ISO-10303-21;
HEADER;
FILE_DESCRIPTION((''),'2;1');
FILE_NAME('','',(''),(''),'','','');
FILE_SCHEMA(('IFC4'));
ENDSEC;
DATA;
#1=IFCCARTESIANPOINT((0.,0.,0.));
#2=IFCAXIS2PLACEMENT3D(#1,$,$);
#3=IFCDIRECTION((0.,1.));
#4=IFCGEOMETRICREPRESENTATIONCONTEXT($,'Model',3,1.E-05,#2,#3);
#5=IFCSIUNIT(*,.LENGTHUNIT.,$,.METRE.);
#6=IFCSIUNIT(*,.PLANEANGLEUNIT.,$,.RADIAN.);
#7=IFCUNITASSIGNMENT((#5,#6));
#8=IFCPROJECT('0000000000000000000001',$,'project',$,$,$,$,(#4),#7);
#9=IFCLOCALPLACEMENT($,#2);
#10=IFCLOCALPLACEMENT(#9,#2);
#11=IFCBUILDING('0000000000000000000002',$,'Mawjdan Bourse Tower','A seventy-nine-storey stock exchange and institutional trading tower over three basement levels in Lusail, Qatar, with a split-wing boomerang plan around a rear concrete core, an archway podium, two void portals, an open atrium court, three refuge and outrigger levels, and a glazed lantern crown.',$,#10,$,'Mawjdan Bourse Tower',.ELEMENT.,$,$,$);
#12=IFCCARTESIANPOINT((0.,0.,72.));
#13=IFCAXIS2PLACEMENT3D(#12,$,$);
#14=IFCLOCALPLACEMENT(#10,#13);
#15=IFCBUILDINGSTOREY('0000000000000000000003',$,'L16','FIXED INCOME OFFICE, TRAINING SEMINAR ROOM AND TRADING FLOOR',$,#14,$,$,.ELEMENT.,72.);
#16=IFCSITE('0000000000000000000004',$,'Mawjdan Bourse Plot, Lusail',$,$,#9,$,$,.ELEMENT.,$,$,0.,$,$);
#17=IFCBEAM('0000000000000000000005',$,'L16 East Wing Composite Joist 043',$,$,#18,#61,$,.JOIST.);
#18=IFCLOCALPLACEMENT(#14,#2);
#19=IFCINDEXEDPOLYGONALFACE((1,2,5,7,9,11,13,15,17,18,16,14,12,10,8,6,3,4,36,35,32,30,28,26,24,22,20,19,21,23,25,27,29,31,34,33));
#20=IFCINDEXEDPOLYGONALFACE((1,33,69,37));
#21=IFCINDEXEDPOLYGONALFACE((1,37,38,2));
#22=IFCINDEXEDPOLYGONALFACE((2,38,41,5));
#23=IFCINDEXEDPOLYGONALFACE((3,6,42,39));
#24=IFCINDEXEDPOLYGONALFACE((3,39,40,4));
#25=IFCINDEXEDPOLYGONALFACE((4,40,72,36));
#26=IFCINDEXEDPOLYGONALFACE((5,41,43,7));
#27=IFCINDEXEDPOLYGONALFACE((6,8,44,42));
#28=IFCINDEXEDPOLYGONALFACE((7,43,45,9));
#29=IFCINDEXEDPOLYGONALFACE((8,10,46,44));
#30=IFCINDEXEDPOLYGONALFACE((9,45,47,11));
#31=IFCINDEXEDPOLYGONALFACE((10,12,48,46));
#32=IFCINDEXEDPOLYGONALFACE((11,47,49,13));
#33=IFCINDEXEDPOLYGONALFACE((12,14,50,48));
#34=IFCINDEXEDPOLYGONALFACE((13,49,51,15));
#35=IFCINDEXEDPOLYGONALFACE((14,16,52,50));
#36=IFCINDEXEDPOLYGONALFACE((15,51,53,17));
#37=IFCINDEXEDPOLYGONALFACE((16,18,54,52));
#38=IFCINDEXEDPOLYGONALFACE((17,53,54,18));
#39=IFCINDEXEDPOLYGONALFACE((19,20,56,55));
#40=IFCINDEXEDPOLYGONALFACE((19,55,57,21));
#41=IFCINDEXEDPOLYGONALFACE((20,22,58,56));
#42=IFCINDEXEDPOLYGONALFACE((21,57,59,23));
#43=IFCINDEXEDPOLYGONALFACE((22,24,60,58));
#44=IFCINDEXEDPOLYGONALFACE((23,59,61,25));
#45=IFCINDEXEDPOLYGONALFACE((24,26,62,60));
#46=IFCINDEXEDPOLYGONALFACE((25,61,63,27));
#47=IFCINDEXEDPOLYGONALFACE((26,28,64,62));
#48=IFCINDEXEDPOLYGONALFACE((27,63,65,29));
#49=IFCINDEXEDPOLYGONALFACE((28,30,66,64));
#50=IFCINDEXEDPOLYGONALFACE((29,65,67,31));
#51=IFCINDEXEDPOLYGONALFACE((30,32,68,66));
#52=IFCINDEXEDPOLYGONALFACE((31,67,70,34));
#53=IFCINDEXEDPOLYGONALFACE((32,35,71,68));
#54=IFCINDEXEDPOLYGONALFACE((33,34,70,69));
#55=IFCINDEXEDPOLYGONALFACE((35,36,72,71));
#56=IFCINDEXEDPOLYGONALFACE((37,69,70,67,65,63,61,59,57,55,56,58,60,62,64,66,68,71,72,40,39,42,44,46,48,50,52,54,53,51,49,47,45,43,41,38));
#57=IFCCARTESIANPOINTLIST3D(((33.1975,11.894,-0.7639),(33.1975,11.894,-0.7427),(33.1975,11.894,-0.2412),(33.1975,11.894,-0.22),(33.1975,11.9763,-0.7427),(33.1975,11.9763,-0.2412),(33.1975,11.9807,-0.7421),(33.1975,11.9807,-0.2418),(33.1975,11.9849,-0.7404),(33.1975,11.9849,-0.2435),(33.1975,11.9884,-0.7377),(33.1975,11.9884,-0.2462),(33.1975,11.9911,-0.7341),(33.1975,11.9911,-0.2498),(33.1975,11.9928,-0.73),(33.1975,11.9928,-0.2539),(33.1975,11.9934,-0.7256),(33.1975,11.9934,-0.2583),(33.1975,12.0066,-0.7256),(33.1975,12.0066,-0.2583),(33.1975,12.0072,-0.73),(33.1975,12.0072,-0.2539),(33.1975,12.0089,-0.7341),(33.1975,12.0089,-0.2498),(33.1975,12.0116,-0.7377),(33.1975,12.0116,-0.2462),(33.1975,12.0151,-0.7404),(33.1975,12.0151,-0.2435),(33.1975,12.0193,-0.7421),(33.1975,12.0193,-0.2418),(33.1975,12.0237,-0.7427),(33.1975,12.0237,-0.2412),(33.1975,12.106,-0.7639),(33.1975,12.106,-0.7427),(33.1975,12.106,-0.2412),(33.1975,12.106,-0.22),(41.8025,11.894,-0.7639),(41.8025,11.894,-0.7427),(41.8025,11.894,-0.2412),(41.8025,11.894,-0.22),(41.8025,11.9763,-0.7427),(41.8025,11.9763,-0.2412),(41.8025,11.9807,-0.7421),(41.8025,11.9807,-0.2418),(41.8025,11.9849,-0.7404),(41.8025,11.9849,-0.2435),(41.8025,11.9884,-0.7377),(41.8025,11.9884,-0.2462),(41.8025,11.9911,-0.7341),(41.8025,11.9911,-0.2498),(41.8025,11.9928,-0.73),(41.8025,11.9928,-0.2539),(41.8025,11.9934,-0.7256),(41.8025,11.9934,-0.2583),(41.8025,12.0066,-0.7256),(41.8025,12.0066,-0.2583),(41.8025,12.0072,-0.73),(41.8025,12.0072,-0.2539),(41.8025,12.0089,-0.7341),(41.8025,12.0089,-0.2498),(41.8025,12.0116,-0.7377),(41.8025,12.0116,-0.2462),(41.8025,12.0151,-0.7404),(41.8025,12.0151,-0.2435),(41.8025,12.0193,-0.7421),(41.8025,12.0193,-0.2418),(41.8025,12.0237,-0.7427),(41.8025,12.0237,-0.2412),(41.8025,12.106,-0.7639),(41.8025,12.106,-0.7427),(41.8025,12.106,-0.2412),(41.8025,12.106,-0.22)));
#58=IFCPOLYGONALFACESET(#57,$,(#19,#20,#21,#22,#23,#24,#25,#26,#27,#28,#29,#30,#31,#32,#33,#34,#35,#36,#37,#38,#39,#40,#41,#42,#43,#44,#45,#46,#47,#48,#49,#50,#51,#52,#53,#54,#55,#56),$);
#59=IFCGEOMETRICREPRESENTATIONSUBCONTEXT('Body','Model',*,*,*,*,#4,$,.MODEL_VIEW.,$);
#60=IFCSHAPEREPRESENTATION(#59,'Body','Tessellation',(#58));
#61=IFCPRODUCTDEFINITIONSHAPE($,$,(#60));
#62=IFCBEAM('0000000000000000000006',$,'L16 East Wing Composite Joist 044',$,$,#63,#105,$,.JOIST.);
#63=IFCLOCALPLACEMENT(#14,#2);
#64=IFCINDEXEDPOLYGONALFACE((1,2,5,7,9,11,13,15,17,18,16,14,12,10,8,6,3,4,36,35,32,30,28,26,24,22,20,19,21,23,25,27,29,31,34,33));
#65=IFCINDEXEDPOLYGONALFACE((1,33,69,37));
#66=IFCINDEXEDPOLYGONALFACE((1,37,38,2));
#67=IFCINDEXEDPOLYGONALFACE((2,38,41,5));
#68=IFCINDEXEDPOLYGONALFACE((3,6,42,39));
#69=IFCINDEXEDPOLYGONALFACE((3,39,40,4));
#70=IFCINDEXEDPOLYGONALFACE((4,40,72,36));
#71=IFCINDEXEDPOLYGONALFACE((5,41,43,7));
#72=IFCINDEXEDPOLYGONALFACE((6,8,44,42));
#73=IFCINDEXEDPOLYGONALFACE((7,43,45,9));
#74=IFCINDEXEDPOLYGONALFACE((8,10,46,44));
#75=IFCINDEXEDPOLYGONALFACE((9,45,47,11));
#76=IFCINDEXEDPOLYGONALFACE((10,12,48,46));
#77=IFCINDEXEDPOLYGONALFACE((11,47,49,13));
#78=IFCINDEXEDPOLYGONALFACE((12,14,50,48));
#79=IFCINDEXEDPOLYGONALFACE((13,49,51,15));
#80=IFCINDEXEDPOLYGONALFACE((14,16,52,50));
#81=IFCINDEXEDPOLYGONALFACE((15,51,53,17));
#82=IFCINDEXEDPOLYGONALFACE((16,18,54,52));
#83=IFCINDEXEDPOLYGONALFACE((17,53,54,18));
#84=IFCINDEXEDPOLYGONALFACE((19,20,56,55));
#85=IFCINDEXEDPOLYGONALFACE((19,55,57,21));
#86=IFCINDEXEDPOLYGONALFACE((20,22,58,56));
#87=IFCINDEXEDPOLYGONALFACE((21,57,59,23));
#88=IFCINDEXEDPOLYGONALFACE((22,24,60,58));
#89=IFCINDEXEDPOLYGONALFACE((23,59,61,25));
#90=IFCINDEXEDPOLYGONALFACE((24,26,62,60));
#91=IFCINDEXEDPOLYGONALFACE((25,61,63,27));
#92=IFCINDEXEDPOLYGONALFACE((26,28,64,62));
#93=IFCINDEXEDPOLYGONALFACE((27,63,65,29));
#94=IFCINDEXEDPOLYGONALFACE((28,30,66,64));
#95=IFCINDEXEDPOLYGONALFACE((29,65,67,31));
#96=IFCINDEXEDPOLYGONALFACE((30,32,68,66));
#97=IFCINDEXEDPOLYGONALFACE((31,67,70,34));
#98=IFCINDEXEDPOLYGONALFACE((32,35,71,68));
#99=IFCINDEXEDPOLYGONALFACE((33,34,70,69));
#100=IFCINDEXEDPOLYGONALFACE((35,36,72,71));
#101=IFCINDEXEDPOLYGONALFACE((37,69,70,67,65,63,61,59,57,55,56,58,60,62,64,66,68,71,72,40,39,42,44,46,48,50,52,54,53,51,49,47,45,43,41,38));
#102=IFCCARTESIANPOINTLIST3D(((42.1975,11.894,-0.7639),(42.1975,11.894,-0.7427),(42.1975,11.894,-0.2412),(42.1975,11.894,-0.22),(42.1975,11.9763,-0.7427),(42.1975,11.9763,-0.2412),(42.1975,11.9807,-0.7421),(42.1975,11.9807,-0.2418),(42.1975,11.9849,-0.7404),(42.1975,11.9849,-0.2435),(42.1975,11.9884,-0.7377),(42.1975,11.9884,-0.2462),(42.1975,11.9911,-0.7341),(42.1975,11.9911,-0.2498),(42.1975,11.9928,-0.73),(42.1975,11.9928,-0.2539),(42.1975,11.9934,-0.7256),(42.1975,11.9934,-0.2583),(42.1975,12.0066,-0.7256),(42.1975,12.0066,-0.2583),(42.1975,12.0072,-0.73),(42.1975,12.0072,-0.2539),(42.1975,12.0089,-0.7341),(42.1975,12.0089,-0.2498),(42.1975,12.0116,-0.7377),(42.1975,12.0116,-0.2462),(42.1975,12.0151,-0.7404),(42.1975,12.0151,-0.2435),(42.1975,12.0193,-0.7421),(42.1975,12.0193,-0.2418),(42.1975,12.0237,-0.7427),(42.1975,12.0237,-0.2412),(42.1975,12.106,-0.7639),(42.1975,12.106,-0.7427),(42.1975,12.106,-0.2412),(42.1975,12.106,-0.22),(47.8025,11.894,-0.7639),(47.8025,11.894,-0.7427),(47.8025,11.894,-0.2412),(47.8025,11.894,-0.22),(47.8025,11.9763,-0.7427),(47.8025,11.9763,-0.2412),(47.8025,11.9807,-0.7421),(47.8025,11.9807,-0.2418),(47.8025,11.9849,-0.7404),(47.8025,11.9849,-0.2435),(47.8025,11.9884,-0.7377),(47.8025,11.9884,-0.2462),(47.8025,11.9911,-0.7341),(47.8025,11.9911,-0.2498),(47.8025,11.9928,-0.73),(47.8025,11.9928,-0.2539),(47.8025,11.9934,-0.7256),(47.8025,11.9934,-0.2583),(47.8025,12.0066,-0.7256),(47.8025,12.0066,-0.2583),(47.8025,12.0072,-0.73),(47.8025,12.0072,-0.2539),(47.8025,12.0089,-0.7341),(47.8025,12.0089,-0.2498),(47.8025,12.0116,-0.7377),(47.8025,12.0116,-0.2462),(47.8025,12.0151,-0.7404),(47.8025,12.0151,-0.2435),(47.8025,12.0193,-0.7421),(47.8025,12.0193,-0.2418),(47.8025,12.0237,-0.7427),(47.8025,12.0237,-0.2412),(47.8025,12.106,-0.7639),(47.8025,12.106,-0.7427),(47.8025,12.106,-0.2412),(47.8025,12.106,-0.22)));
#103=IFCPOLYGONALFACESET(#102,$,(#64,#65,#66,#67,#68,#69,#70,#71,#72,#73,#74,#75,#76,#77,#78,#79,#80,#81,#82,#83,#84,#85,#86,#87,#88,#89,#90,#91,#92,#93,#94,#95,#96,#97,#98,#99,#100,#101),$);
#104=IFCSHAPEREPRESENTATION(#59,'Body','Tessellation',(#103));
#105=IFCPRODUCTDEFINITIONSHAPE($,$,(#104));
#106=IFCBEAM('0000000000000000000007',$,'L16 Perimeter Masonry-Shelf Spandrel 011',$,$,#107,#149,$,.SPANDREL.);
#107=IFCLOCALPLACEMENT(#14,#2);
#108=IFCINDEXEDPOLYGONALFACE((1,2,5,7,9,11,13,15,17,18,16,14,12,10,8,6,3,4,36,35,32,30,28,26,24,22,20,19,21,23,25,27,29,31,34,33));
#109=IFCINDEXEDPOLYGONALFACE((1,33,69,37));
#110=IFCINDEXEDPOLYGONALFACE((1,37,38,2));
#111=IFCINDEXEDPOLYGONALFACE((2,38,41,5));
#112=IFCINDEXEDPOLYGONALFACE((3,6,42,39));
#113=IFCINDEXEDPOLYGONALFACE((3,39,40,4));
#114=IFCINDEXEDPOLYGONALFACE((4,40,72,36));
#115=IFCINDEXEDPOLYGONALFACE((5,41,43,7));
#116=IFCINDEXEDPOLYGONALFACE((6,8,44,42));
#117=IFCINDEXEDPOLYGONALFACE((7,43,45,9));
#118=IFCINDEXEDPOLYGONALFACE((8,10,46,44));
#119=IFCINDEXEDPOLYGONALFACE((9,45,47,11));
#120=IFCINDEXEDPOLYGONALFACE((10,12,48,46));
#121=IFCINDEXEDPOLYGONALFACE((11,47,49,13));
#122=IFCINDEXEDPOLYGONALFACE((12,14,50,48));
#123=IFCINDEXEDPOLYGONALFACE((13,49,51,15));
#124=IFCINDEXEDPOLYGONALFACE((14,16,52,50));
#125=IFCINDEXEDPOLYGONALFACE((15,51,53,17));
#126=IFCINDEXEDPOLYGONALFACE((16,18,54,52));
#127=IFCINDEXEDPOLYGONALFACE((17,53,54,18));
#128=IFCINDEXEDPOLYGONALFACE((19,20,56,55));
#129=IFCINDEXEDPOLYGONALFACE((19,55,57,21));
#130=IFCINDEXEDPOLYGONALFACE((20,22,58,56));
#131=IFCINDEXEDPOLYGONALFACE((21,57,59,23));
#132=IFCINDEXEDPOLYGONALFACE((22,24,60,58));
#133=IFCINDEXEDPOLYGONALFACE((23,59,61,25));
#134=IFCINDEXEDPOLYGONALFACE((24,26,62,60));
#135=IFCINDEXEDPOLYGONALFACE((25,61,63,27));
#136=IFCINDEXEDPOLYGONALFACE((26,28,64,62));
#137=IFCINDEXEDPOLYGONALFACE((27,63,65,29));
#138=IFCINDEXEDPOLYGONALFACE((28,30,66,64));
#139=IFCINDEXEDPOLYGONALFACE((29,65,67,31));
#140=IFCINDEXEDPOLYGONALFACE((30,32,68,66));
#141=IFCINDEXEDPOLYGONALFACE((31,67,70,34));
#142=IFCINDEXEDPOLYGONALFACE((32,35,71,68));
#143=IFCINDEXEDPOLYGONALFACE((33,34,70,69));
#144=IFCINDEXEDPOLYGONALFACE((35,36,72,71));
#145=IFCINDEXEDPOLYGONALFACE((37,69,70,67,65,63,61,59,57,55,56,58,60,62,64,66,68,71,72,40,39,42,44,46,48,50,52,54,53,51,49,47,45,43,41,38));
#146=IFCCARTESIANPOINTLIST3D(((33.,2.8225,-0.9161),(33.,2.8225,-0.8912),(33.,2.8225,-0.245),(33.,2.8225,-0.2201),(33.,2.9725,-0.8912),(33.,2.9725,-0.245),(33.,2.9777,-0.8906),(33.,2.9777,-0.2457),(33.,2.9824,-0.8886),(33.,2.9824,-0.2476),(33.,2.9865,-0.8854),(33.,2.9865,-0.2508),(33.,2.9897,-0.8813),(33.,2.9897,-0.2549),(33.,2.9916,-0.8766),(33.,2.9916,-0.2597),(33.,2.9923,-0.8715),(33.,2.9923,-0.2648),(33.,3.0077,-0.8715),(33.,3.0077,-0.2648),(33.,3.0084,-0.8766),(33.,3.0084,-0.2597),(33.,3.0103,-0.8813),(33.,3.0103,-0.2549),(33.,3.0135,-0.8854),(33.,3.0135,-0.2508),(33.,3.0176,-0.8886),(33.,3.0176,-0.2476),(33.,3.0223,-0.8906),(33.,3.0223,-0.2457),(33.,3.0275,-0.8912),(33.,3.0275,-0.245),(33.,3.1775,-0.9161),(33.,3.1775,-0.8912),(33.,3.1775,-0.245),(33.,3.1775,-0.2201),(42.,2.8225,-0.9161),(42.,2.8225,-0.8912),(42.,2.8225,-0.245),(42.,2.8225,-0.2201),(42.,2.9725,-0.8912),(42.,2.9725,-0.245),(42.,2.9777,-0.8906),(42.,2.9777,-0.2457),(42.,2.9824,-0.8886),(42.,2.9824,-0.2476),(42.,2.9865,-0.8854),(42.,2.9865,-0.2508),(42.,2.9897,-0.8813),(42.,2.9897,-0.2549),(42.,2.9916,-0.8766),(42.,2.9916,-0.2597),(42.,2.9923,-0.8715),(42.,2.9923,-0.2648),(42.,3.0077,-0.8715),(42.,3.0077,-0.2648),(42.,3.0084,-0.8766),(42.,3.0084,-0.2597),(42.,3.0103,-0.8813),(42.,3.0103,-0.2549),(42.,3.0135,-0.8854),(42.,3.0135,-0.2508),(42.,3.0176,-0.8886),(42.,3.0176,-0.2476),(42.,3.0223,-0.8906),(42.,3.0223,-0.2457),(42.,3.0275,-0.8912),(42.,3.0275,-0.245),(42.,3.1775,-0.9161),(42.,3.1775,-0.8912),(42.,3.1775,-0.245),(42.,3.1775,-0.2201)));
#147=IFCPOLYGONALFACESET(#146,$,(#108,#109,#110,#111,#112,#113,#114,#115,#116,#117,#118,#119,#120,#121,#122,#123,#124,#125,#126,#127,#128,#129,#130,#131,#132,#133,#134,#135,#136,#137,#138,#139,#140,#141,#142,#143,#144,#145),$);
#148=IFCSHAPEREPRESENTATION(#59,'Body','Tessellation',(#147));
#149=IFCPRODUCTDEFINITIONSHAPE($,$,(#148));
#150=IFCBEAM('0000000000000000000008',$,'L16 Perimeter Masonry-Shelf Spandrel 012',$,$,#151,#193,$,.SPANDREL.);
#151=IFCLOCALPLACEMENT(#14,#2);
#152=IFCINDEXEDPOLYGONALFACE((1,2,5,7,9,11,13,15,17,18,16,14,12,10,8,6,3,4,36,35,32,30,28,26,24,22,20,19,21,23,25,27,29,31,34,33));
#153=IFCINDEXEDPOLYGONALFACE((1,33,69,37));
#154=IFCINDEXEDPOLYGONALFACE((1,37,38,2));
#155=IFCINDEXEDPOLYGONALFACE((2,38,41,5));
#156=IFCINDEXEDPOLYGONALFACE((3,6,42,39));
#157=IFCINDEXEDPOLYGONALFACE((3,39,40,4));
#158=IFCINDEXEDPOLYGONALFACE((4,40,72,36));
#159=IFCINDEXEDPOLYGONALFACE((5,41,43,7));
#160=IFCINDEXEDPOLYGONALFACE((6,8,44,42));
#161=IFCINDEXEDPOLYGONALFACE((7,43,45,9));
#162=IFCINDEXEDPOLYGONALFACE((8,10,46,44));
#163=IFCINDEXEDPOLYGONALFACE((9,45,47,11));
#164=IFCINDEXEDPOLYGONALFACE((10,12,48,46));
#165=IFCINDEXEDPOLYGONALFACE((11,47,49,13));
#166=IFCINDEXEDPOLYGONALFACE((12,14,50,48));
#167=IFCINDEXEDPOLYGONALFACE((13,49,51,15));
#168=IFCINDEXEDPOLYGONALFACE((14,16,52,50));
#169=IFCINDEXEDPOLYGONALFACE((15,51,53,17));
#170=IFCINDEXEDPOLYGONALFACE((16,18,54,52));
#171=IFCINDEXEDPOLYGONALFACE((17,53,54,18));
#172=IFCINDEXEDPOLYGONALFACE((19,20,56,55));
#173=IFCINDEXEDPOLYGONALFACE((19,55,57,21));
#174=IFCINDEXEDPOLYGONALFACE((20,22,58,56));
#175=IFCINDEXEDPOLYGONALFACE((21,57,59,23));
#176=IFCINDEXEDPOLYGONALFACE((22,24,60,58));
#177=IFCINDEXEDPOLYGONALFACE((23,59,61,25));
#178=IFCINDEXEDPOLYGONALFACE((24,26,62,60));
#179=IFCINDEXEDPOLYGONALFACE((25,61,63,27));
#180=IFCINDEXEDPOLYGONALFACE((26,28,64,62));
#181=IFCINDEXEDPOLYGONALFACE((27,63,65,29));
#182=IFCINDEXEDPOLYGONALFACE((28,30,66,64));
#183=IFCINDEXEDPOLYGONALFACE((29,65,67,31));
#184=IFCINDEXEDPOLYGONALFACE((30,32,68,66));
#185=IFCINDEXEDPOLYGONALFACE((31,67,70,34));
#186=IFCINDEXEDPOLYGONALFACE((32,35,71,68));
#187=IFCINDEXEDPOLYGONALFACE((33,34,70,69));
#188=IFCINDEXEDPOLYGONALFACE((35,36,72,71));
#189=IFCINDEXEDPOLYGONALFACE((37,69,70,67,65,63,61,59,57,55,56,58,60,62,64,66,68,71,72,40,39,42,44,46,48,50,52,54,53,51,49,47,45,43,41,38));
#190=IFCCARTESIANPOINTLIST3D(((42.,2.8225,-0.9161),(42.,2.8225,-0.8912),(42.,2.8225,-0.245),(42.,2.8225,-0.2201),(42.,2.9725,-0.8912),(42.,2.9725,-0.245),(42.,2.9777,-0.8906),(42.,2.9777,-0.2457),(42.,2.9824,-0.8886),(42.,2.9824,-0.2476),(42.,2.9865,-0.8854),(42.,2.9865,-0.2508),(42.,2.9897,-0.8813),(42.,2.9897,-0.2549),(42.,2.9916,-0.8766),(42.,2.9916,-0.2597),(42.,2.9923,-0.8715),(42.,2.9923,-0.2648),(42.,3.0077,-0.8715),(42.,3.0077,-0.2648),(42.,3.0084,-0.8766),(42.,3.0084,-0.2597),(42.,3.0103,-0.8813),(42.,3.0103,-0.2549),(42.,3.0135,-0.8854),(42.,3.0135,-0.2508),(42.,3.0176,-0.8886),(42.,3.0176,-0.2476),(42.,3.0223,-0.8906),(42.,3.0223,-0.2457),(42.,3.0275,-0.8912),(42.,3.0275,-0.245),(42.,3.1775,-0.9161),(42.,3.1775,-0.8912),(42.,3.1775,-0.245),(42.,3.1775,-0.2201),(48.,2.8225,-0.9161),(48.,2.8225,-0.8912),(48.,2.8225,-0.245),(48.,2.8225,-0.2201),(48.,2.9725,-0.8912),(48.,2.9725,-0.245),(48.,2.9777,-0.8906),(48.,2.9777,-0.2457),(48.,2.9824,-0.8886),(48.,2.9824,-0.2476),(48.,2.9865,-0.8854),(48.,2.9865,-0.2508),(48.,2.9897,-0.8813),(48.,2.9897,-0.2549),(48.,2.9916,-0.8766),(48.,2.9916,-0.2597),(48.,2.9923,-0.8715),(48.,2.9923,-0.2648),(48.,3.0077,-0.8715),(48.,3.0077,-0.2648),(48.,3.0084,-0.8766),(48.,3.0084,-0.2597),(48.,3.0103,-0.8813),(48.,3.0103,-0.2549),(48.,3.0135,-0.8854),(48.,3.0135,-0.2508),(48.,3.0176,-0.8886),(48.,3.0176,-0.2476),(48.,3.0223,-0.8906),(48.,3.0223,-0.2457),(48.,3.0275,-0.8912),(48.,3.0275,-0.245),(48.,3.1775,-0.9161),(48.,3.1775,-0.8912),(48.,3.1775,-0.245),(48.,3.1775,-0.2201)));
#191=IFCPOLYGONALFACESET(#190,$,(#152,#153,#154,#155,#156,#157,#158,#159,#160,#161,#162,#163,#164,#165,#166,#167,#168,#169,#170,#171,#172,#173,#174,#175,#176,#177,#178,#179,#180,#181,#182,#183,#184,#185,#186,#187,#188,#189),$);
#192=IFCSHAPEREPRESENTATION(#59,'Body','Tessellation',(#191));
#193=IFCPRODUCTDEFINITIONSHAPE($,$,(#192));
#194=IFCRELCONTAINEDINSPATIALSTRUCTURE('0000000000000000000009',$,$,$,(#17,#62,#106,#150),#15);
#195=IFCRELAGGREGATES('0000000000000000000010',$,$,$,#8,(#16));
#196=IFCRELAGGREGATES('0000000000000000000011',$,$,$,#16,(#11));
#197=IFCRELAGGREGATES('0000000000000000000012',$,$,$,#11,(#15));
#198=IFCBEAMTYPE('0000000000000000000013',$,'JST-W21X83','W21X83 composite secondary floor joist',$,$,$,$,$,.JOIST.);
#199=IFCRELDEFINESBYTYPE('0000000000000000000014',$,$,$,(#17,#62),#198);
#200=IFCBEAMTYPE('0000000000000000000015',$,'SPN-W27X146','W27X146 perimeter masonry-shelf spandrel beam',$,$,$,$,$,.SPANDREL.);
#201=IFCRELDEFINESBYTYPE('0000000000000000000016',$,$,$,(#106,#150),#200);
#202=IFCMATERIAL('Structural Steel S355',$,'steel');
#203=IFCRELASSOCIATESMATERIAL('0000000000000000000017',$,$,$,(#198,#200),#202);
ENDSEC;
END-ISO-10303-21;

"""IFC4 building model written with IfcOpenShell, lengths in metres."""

from ifc_helpers import new_model, si_unit, direction, frame, origin, origin_2d, place, context, subcontext, project, spatial, i_section, extrude, material, material_profile, profile_set, type_object, element, save


model = new_model("IFC4")

# Units and contexts
model_context = context("Model", 3, precision=1e-05, world=origin(), true_north=direction((0.0, 1.0)))
body_context = subcontext(model_context, "Body", "Model", "MODEL_VIEW")
ifc_project = project(units=[si_unit("LENGTHUNIT", "METRE"), si_unit("PLANEANGLEUNIT", "RADIAN")], contexts=[model_context])

# Site, building, storey
site_placement = place(None, origin())
site = spatial("IfcSite", under=ifc_project, at=site_placement, Name="Mawjdan Bourse Plot, Lusail", CompositionType="ELEMENT", RefElevation=0.0)
building_placement = place(site_placement, origin())
building = spatial("IfcBuilding", under=site, at=building_placement, Name="Mawjdan Bourse Tower", Description="A seventy-nine-storey stock exchange and institutional trading tower over three basement levels in Lusail, Qatar, with a split-wing boomerang plan around a rear concrete core, an archway podium, two void portals, an open atrium court, three refuge and outrigger levels, and a glazed lantern crown.", LongName="Mawjdan Bourse Tower", CompositionType="ELEMENT")
storey_placement = place(building_placement, frame((0.0, 0.0, 72.0)))
storey = spatial("IfcBuildingStorey", under=building, at=storey_placement, Name="L16", Description="FIXED INCOME OFFICE, TRAINING SEMINAR ROOM AND TRADING FLOOR", CompositionType="ELEMENT", Elevation=72.0)

# Beams
ifc_material_1 = material(Name="Structural Steel S355", Category="steel")
ifc_material_profile_1 = material_profile(ifc_material_1, i_section(OverallWidth=0.2119, OverallDepth=0.5439, WebThickness=0.0132, FlangeThickness=0.0212, FilletRadius=0.0171, at=origin_2d()), Name="W21X83")
ifc_profile_set_1 = profile_set([ifc_material_profile_1], Name="Structural Steel S355")
beam_type_1 = type_object("IfcBeamType", Name="JST-W21X83", Description="W21X83 composite secondary floor joist", PredefinedType="JOIST", material=ifc_profile_set_1)
beam_1_placement = place(storey_placement, frame((33.1975, 12.0, -0.4919), z_axis=(1.0, 0.0, 0.0), x_axis=(0.0, 1.0, 0.0)))
element("IfcBeam", 1, at=beam_1_placement, inside=storey, type_object=beam_type_1, Name="L16 East Wing Composite Joist 043", PredefinedType="JOIST", context=body_context, shape_type="SweptSolid", body=[
    extrude(i_section(OverallWidth=0.2119, OverallDepth=0.5439, WebThickness=0.0132, FlangeThickness=0.0212, FilletRadius=0.0171, at=origin_2d()), origin(), (0.0, 0.0, 1.0), 8.605),
])
beam_2_placement = place(storey_placement, frame((42.1975, 12.0, -0.4919), z_axis=(1.0, 0.0, 0.0), x_axis=(0.0, 1.0, 0.0)))
element("IfcBeam", 2, at=beam_2_placement, inside=storey, type_object=beam_type_1, Name="L16 East Wing Composite Joist 044", PredefinedType="JOIST", context=body_context, shape_type="SweptSolid", body=[
    extrude(i_section(OverallWidth=0.2119, OverallDepth=0.5439, WebThickness=0.0132, FlangeThickness=0.0212, FilletRadius=0.0171, at=origin_2d()), origin(), (0.0, 0.0, 1.0), 5.605),
])
ifc_material_profile_2 = material_profile(ifc_material_1, i_section(OverallWidth=0.355, OverallDepth=0.696, WebThickness=0.0154, FlangeThickness=0.0249, FilletRadius=0.0198, at=origin_2d()), Name="W27X146")
ifc_profile_set_2 = profile_set([ifc_material_profile_2], Name="Structural Steel S355")
beam_type_2 = type_object("IfcBeamType", Name="SPN-W27X146", Description="W27X146 perimeter masonry-shelf spandrel beam", PredefinedType="SPANDREL", material=ifc_profile_set_2)
beam_3_placement = place(storey_placement, frame((33.0, 3.0, -0.5681), z_axis=(1.0, 0.0, 0.0), x_axis=(0.0, 1.0, 0.0)))
element("IfcBeam", 3, at=beam_3_placement, inside=storey, type_object=beam_type_2, Name="L16 Perimeter Masonry-Shelf Spandrel 011", PredefinedType="SPANDREL", context=body_context, shape_type="SweptSolid", body=[
    extrude(i_section(OverallWidth=0.355, OverallDepth=0.696, WebThickness=0.0154, FlangeThickness=0.0249, FilletRadius=0.0198, at=origin_2d()), origin(), (0.0, 0.0, 1.0), 9.0),
])
beam_4_placement = place(storey_placement, frame((42.0, 3.0, -0.5681), z_axis=(1.0, 0.0, 0.0), x_axis=(0.0, 1.0, 0.0)))
element("IfcBeam", 4, at=beam_4_placement, inside=storey, type_object=beam_type_2, Name="L16 Perimeter Masonry-Shelf Spandrel 012", PredefinedType="SPANDREL", context=body_context, shape_type="SweptSolid", body=[
    extrude(i_section(OverallWidth=0.355, OverallDepth=0.696, WebThickness=0.0154, FlangeThickness=0.0249, FilletRadius=0.0198, at=origin_2d()), origin(), (0.0, 0.0, 1.0), 6.0),
])

save(model, "model.ifc")
